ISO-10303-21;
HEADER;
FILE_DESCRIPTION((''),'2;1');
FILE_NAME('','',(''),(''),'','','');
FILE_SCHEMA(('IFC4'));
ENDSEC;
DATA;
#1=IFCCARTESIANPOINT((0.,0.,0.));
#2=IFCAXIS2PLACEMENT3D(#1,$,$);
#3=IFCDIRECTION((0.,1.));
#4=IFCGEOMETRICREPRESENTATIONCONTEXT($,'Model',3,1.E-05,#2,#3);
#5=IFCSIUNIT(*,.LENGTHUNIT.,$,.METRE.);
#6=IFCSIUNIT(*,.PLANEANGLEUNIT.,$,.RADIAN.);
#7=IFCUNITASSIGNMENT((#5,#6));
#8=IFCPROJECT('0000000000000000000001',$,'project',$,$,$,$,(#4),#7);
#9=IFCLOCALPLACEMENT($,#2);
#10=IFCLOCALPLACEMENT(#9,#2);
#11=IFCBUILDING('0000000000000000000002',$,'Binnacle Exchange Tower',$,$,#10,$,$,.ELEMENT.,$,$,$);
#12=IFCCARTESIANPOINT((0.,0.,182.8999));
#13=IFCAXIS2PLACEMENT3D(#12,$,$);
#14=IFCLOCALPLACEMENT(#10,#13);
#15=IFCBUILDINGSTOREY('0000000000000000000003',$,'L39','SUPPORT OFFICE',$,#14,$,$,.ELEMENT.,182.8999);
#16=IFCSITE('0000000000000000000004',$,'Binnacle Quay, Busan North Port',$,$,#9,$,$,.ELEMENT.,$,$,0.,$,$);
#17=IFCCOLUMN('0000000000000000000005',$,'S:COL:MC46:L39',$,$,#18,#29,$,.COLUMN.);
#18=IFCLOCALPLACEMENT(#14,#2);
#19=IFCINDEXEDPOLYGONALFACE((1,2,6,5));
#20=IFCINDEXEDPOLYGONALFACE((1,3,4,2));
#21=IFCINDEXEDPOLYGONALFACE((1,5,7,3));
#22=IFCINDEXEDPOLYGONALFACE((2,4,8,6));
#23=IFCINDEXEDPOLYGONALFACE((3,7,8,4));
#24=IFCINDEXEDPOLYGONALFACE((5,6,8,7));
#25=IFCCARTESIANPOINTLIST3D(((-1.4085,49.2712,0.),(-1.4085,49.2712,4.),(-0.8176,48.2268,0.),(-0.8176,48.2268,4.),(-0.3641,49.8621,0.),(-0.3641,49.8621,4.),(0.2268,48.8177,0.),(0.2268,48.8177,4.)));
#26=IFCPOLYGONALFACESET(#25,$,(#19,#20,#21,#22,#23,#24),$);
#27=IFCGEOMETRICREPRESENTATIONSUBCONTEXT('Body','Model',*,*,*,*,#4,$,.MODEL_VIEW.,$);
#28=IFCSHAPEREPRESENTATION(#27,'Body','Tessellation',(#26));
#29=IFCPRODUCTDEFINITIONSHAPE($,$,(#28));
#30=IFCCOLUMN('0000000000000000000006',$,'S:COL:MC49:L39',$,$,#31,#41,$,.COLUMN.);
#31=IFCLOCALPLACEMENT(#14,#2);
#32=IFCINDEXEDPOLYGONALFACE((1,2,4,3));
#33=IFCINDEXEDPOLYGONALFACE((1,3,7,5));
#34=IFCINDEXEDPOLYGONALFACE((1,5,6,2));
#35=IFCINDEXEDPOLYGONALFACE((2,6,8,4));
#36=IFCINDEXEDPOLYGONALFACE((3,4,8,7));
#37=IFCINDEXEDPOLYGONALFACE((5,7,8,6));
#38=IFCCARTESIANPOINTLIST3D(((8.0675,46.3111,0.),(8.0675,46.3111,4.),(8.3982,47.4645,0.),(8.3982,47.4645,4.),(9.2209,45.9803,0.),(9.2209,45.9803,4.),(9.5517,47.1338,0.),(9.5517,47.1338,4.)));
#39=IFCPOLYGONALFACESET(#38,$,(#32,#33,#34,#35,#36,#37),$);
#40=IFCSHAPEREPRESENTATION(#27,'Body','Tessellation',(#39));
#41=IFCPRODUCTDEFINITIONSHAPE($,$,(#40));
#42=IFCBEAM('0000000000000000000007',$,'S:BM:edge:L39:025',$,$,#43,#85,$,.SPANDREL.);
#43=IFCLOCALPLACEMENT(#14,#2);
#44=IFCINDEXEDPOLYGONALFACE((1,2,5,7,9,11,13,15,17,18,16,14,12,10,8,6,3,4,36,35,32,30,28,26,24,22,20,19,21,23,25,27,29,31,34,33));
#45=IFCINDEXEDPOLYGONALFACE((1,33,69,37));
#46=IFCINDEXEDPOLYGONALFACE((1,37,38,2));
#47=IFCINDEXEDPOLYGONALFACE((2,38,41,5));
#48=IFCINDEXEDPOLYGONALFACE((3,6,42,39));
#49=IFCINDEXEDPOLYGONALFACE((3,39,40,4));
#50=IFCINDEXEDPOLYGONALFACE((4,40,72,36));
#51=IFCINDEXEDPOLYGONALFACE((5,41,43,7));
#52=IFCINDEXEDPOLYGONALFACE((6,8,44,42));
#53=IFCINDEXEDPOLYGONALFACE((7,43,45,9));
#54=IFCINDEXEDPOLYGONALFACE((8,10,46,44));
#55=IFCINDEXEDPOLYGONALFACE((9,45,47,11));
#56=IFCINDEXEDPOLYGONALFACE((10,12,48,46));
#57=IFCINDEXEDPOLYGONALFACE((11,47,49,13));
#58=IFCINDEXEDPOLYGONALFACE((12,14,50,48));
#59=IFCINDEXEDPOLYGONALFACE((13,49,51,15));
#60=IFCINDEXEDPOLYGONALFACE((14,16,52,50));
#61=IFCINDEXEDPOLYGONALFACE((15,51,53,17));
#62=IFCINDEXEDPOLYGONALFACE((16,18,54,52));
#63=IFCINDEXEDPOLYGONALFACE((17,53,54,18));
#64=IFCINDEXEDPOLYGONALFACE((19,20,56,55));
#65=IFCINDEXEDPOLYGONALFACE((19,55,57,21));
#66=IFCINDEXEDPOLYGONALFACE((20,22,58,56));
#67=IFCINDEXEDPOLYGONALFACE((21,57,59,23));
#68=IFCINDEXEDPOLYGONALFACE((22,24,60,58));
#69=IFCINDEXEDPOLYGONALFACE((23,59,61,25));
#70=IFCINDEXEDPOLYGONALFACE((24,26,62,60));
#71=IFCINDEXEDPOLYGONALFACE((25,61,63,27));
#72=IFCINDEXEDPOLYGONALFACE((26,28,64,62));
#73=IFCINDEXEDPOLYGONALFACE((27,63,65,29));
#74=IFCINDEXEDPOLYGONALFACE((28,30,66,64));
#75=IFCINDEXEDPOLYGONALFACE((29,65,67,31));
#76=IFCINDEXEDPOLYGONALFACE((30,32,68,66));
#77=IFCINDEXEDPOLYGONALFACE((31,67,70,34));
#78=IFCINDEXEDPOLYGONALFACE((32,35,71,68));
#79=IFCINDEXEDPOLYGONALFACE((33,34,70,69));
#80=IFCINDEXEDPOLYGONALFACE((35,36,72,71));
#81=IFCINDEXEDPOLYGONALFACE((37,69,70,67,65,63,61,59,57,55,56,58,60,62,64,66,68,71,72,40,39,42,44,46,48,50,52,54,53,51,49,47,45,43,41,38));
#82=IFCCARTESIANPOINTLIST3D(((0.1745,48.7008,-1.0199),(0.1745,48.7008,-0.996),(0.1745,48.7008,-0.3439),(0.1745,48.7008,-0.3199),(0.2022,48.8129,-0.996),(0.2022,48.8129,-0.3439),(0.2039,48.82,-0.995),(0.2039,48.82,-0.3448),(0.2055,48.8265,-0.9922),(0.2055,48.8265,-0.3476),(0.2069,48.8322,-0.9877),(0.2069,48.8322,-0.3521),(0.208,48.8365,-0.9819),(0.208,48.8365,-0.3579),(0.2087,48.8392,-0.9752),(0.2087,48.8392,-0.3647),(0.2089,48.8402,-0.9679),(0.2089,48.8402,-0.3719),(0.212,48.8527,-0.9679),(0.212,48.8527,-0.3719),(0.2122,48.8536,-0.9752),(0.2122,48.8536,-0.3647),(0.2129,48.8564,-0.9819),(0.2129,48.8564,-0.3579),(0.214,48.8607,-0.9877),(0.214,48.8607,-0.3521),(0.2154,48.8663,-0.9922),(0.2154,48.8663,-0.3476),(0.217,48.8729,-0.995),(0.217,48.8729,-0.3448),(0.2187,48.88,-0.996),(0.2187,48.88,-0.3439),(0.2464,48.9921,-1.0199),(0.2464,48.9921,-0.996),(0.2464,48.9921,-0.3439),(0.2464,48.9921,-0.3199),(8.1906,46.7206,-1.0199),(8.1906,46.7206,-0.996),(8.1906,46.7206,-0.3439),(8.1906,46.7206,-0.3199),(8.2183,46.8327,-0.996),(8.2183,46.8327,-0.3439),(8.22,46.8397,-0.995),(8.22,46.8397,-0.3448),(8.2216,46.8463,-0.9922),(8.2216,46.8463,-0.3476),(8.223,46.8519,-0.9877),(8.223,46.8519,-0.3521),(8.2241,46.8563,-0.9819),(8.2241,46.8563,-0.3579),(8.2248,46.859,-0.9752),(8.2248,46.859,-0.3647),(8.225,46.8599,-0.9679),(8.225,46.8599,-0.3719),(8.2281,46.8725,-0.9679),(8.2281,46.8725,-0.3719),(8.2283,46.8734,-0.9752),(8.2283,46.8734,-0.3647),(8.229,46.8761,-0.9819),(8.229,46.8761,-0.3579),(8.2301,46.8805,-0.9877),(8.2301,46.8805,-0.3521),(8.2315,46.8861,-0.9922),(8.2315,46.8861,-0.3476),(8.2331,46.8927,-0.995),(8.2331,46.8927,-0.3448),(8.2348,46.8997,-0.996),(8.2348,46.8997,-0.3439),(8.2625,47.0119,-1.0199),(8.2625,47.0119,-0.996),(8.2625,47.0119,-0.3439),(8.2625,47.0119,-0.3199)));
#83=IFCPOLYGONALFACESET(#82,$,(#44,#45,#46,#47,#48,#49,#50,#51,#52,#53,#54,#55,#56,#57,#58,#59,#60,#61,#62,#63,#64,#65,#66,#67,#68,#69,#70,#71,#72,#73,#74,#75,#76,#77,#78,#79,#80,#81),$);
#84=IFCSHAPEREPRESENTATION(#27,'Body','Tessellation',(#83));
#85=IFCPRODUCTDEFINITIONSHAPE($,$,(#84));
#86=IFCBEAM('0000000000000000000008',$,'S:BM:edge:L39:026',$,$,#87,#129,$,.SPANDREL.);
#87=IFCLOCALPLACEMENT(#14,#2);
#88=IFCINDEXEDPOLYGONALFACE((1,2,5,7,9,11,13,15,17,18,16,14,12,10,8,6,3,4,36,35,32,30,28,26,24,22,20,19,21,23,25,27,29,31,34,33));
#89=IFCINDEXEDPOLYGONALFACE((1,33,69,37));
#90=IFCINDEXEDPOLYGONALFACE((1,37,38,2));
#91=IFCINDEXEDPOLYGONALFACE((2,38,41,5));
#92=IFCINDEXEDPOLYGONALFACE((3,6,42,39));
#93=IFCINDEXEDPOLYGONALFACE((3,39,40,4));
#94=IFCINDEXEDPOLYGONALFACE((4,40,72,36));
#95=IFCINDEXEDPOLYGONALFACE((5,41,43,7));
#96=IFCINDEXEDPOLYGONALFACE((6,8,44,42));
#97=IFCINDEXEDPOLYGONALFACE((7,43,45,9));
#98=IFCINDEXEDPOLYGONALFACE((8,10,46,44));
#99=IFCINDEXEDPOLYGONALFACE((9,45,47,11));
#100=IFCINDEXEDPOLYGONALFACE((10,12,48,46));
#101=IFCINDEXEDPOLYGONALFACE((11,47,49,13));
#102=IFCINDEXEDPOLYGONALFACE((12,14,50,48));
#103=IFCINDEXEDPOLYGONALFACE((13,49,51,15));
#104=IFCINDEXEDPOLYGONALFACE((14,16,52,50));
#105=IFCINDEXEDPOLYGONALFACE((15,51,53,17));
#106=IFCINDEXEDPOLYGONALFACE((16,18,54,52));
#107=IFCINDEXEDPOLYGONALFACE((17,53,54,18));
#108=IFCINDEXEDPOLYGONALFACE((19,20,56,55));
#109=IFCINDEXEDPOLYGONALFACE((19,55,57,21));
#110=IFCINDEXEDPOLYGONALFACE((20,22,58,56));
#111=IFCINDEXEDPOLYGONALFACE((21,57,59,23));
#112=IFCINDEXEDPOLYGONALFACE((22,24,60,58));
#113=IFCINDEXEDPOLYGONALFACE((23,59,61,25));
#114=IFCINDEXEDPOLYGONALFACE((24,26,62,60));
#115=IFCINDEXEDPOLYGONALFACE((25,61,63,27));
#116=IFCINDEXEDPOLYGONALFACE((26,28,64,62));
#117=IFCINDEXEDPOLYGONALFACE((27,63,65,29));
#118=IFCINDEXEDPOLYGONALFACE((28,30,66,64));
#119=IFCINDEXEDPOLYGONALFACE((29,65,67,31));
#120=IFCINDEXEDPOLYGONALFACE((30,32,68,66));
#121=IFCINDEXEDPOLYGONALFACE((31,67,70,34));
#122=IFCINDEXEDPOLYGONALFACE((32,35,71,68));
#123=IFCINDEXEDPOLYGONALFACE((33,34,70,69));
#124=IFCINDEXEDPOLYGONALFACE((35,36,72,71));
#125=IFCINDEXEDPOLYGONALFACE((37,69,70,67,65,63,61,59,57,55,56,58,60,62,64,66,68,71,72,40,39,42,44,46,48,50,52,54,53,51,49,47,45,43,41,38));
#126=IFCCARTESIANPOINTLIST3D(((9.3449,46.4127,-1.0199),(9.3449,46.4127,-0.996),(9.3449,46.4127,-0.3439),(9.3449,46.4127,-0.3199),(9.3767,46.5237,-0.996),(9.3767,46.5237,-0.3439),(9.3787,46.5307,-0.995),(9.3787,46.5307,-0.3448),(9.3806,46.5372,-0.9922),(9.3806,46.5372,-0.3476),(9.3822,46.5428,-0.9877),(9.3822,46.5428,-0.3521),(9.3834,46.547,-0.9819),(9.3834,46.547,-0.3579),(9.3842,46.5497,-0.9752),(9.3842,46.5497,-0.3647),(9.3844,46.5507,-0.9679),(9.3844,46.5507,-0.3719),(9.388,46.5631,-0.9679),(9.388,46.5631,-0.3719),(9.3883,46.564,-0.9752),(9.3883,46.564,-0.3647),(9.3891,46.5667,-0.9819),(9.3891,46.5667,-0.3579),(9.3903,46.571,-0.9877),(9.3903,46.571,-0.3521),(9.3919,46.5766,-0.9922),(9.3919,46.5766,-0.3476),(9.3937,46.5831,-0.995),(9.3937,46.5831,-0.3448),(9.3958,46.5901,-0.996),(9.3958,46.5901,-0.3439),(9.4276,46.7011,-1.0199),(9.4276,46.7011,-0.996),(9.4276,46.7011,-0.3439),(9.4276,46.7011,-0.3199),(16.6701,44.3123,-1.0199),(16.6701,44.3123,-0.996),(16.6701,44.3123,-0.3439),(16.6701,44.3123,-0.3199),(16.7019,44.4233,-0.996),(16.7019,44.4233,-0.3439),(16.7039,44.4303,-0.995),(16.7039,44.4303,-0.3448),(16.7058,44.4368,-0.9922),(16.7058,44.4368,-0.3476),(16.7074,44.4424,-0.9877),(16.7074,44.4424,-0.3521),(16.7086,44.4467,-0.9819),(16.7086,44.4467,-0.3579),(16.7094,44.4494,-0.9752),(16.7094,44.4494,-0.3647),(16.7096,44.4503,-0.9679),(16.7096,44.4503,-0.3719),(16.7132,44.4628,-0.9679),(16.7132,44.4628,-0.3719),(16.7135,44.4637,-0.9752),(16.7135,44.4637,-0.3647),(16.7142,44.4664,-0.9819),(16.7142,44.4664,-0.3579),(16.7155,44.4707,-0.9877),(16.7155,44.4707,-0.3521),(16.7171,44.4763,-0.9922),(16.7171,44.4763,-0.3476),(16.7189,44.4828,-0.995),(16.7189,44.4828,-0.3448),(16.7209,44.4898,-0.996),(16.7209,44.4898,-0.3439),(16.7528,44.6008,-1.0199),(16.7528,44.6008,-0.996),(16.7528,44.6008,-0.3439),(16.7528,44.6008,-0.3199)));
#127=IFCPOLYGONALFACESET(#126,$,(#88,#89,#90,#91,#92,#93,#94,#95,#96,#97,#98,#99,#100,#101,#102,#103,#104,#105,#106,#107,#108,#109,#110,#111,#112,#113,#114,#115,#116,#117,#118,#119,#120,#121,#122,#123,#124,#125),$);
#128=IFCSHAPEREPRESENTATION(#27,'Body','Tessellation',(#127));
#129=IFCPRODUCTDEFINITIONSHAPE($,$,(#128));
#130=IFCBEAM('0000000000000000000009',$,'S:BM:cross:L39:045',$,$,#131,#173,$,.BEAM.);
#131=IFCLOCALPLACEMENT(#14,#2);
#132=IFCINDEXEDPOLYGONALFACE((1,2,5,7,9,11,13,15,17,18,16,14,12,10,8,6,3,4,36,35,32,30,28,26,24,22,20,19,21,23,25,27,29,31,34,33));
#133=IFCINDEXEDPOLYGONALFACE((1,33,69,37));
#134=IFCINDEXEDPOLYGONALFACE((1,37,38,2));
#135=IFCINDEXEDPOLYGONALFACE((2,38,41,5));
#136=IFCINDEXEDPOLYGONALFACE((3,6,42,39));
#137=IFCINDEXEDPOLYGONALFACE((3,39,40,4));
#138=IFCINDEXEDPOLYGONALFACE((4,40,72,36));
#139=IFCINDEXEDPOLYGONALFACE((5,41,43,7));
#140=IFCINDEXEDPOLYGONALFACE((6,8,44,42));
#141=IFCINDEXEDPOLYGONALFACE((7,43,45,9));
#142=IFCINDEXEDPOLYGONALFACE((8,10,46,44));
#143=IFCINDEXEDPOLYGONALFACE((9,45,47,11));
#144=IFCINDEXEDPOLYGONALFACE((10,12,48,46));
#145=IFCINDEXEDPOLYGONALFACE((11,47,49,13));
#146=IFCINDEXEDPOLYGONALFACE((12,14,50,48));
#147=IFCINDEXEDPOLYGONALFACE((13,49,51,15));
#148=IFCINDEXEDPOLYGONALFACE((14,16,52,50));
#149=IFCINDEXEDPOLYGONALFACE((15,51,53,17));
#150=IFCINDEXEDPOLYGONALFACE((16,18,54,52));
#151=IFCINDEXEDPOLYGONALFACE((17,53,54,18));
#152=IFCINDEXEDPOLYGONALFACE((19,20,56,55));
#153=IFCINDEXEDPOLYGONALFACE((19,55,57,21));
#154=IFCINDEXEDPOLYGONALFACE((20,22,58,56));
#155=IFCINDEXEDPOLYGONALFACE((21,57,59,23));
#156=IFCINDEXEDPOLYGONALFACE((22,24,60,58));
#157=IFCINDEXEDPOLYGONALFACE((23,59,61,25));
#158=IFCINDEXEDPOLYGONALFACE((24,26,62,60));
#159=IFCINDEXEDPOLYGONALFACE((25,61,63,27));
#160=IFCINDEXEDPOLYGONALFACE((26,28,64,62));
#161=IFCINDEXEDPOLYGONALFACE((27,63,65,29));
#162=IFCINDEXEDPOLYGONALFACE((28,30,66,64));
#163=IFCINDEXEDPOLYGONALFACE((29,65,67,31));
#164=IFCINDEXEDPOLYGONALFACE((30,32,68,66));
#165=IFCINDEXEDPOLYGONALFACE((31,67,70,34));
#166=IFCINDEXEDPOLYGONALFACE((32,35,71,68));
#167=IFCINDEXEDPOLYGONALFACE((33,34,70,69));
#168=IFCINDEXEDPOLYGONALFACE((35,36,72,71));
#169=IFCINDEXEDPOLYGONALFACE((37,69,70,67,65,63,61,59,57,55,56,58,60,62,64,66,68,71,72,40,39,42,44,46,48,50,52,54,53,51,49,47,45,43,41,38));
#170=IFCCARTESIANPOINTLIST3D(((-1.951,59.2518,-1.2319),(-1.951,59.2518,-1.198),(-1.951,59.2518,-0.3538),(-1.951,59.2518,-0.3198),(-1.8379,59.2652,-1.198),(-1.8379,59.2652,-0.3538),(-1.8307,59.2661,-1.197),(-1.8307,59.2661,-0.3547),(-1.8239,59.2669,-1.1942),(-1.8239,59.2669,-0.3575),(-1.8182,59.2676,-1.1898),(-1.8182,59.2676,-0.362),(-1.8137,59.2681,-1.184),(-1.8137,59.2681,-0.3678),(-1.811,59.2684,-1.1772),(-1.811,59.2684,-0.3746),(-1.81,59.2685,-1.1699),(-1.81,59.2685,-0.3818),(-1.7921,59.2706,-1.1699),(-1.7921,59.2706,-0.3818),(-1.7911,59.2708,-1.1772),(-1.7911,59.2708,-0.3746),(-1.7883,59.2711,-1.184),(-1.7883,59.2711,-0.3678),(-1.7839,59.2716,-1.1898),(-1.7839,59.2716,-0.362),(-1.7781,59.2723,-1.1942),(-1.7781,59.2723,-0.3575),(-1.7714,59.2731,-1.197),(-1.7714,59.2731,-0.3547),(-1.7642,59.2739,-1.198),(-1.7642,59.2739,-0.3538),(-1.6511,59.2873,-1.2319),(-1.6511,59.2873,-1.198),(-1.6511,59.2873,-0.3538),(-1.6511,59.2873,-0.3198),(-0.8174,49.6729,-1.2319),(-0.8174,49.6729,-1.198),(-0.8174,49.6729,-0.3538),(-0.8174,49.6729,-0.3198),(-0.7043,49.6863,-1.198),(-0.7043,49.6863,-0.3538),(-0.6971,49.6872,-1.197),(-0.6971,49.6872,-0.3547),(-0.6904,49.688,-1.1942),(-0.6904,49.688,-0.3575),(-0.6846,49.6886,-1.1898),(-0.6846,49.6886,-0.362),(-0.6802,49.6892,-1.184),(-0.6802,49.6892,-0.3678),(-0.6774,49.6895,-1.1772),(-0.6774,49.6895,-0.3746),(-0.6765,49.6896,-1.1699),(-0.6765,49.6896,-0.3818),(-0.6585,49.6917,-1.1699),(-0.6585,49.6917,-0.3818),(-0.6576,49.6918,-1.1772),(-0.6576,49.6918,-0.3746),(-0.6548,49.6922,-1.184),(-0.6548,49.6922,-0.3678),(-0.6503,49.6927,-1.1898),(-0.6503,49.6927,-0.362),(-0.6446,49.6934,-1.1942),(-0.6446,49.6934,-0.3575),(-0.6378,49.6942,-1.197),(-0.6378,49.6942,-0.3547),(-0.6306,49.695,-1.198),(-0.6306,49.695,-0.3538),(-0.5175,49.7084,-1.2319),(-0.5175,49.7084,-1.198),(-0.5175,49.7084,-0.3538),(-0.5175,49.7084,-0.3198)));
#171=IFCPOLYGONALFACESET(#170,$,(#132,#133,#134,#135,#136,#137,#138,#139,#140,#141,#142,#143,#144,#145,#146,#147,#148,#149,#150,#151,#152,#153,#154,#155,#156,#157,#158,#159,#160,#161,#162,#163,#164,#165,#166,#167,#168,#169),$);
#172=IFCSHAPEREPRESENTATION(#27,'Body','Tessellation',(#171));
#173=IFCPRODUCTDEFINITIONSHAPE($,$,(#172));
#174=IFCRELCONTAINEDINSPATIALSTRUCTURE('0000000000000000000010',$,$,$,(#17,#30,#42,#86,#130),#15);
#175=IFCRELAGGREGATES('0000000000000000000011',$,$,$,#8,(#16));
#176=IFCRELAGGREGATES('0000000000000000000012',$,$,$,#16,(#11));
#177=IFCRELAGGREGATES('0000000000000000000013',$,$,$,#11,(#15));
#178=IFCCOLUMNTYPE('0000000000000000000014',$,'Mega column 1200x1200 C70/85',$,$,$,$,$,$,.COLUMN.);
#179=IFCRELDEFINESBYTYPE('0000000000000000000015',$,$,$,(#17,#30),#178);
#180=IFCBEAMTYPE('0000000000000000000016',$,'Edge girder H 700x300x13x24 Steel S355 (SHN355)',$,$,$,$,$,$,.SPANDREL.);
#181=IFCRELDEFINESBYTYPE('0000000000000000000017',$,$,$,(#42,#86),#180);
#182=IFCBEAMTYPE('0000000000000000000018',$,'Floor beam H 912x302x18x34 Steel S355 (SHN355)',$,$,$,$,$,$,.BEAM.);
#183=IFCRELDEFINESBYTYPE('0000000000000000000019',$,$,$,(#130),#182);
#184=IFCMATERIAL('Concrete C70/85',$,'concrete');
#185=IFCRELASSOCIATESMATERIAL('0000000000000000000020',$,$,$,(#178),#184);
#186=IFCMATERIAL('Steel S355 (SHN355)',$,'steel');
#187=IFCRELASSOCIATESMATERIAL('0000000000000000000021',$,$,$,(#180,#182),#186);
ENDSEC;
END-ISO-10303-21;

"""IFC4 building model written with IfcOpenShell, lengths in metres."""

from ifc_helpers import new_model, si_unit, direction, frame, origin, origin_2d, place, context, subcontext, project, spatial, rectangle, i_section, extrude, material, material_profile, profile_set, type_object, element, save


model = new_model("IFC4")

# Units and contexts
model_context = context("Model", 3, precision=1e-05, world=origin(), true_north=direction((0.0, 1.0)))
body_context = subcontext(model_context, "Body", "Model", "MODEL_VIEW")
ifc_project = project(units=[si_unit("LENGTHUNIT", "METRE"), si_unit("PLANEANGLEUNIT", "RADIAN")], contexts=[model_context])

# Site, building, storey
site_placement = place(None, origin())
site = spatial("IfcSite", under=ifc_project, at=site_placement, Name="Binnacle Quay, Busan North Port", CompositionType="ELEMENT", RefElevation=0.0)
building_placement = place(site_placement, origin())
building = spatial("IfcBuilding", under=site, at=building_placement, Name="Binnacle Exchange Tower", CompositionType="ELEMENT")
storey_placement = place(building_placement, frame((0.0, 0.0, 182.8999)))
storey = spatial("IfcBuildingStorey", under=building, at=storey_placement, Name="L39", Description="SUPPORT OFFICE", CompositionType="ELEMENT", Elevation=182.8999)

# Columns
ifc_material_1 = material(Name="Concrete C70/85", Category="concrete")
ifc_material_profile_1 = material_profile(ifc_material_1, rectangle(XDim=1.2, YDim=1.2, at=origin_2d()), Name="Mega column 1200x1200 C70/85")
ifc_profile_set_1 = profile_set([ifc_material_profile_1], Name="Concrete C70/85")
column_type = type_object("IfcColumnType", Name="Mega column 1200x1200 C70/85", PredefinedType="COLUMN", material=ifc_profile_set_1)
for number, where, z_axis, x_axis, name in (
    (1, (-0.5908, 49.0444, 0.0), (0.0, 0.0, 1.0), (0.870356, 0.492424, 0.0), "S:COL:MC46:L39"),
    (2, (8.8096, 46.7224, 0.0), (0.0, 0.0, 1.0), (0.961262, -0.275637, 0.0), "S:COL:MC49:L39"),
):
    element("IfcColumn", number, at=place(storey_placement, frame(where, z_axis=z_axis, x_axis=x_axis)), inside=storey, type_object=column_type, Name=name, PredefinedType="COLUMN", context=body_context, shape_type="SweptSolid", body=[
        extrude(rectangle(XDim=1.2, YDim=1.2, at=origin_2d()), origin(), (0.0, 0.0, 1.0), 4.0),
    ])

# Beams
ifc_material_2 = material(Name="Steel S355 (SHN355)", Category="steel")
ifc_material_profile_2 = material_profile(ifc_material_2, i_section(OverallWidth=0.3, OverallDepth=0.7, WebThickness=0.0129, FlangeThickness=0.0239, FilletRadius=0.0281, at=origin_2d()), Name="H 700x300x13x24")
ifc_profile_set_2 = profile_set([ifc_material_profile_2], Name="Steel S355 (SHN355)")
beam_type_1 = type_object("IfcBeamType", Name="Edge girder H 700x300x13x24 Steel S355 (SHN355)", PredefinedType="SPANDREL", material=ifc_profile_set_2)
beam_1_placement = place(storey_placement, frame((0.2104, 48.8464, -0.6699), z_axis=(0.970817, -0.239821, 0.0), x_axis=(0.239821, 0.970817, 0.0)))
element("IfcBeam", 3, at=beam_1_placement, inside=storey, type_object=beam_type_1, Name="S:BM:edge:L39:025", PredefinedType="SPANDREL", context=body_context, shape_type="SweptSolid", body=[
    extrude(i_section(OverallWidth=0.3, OverallDepth=0.7, WebThickness=0.0129, FlangeThickness=0.0239, FilletRadius=0.0281, at=origin_2d()), origin(), (0.0, 0.0, 1.0), 8.2571),
])
beam_2_placement = place(storey_placement, frame((9.3862, 46.5569, -0.6699), z_axis=(0.961266, -0.275622, 0.0), x_axis=(0.275622, 0.961266, 0.0)))
element("IfcBeam", 4, at=beam_2_placement, inside=storey, type_object=beam_type_1, Name="S:BM:edge:L39:026", PredefinedType="SPANDREL", context=body_context, shape_type="SweptSolid", body=[
    extrude(i_section(OverallWidth=0.3, OverallDepth=0.7, WebThickness=0.0129, FlangeThickness=0.0239, FilletRadius=0.0281, at=origin_2d()), origin(), (0.0, 0.0, 1.0), 7.6204),
])
ifc_material_profile_3 = material_profile(ifc_material_2, i_section(OverallWidth=0.302, OverallDepth=0.9121, WebThickness=0.0181, FlangeThickness=0.0339, FilletRadius=0.0281, at=origin_2d()), Name="H 912x302x18x34")
ifc_profile_set_3 = profile_set([ifc_material_profile_3], Name="Steel S355 (SHN355)")
beam_type_2 = type_object("IfcBeamType", Name="Floor beam H 912x302x18x34 Steel S355 (SHN355)", PredefinedType="BEAM", material=ifc_profile_set_3)
beam_3_placement = place(storey_placement, frame((-0.6675, 49.6907, -0.7759), z_axis=(-0.117518, 0.993071, 0.0), x_axis=(-0.993071, -0.117518, 0.0)))
element("IfcBeam", 5, at=beam_3_placement, inside=storey, type_object=beam_type_2, Name="S:BM:cross:L39:045", PredefinedType="BEAM", context=body_context, shape_type="SweptSolid", body=[
    extrude(i_section(OverallWidth=0.302, OverallDepth=0.9121, WebThickness=0.0181, FlangeThickness=0.0339, FilletRadius=0.0281, at=origin_2d()), origin(), (0.0, 0.0, 1.0), 9.6458),
])

save(model, "model.ifc")
